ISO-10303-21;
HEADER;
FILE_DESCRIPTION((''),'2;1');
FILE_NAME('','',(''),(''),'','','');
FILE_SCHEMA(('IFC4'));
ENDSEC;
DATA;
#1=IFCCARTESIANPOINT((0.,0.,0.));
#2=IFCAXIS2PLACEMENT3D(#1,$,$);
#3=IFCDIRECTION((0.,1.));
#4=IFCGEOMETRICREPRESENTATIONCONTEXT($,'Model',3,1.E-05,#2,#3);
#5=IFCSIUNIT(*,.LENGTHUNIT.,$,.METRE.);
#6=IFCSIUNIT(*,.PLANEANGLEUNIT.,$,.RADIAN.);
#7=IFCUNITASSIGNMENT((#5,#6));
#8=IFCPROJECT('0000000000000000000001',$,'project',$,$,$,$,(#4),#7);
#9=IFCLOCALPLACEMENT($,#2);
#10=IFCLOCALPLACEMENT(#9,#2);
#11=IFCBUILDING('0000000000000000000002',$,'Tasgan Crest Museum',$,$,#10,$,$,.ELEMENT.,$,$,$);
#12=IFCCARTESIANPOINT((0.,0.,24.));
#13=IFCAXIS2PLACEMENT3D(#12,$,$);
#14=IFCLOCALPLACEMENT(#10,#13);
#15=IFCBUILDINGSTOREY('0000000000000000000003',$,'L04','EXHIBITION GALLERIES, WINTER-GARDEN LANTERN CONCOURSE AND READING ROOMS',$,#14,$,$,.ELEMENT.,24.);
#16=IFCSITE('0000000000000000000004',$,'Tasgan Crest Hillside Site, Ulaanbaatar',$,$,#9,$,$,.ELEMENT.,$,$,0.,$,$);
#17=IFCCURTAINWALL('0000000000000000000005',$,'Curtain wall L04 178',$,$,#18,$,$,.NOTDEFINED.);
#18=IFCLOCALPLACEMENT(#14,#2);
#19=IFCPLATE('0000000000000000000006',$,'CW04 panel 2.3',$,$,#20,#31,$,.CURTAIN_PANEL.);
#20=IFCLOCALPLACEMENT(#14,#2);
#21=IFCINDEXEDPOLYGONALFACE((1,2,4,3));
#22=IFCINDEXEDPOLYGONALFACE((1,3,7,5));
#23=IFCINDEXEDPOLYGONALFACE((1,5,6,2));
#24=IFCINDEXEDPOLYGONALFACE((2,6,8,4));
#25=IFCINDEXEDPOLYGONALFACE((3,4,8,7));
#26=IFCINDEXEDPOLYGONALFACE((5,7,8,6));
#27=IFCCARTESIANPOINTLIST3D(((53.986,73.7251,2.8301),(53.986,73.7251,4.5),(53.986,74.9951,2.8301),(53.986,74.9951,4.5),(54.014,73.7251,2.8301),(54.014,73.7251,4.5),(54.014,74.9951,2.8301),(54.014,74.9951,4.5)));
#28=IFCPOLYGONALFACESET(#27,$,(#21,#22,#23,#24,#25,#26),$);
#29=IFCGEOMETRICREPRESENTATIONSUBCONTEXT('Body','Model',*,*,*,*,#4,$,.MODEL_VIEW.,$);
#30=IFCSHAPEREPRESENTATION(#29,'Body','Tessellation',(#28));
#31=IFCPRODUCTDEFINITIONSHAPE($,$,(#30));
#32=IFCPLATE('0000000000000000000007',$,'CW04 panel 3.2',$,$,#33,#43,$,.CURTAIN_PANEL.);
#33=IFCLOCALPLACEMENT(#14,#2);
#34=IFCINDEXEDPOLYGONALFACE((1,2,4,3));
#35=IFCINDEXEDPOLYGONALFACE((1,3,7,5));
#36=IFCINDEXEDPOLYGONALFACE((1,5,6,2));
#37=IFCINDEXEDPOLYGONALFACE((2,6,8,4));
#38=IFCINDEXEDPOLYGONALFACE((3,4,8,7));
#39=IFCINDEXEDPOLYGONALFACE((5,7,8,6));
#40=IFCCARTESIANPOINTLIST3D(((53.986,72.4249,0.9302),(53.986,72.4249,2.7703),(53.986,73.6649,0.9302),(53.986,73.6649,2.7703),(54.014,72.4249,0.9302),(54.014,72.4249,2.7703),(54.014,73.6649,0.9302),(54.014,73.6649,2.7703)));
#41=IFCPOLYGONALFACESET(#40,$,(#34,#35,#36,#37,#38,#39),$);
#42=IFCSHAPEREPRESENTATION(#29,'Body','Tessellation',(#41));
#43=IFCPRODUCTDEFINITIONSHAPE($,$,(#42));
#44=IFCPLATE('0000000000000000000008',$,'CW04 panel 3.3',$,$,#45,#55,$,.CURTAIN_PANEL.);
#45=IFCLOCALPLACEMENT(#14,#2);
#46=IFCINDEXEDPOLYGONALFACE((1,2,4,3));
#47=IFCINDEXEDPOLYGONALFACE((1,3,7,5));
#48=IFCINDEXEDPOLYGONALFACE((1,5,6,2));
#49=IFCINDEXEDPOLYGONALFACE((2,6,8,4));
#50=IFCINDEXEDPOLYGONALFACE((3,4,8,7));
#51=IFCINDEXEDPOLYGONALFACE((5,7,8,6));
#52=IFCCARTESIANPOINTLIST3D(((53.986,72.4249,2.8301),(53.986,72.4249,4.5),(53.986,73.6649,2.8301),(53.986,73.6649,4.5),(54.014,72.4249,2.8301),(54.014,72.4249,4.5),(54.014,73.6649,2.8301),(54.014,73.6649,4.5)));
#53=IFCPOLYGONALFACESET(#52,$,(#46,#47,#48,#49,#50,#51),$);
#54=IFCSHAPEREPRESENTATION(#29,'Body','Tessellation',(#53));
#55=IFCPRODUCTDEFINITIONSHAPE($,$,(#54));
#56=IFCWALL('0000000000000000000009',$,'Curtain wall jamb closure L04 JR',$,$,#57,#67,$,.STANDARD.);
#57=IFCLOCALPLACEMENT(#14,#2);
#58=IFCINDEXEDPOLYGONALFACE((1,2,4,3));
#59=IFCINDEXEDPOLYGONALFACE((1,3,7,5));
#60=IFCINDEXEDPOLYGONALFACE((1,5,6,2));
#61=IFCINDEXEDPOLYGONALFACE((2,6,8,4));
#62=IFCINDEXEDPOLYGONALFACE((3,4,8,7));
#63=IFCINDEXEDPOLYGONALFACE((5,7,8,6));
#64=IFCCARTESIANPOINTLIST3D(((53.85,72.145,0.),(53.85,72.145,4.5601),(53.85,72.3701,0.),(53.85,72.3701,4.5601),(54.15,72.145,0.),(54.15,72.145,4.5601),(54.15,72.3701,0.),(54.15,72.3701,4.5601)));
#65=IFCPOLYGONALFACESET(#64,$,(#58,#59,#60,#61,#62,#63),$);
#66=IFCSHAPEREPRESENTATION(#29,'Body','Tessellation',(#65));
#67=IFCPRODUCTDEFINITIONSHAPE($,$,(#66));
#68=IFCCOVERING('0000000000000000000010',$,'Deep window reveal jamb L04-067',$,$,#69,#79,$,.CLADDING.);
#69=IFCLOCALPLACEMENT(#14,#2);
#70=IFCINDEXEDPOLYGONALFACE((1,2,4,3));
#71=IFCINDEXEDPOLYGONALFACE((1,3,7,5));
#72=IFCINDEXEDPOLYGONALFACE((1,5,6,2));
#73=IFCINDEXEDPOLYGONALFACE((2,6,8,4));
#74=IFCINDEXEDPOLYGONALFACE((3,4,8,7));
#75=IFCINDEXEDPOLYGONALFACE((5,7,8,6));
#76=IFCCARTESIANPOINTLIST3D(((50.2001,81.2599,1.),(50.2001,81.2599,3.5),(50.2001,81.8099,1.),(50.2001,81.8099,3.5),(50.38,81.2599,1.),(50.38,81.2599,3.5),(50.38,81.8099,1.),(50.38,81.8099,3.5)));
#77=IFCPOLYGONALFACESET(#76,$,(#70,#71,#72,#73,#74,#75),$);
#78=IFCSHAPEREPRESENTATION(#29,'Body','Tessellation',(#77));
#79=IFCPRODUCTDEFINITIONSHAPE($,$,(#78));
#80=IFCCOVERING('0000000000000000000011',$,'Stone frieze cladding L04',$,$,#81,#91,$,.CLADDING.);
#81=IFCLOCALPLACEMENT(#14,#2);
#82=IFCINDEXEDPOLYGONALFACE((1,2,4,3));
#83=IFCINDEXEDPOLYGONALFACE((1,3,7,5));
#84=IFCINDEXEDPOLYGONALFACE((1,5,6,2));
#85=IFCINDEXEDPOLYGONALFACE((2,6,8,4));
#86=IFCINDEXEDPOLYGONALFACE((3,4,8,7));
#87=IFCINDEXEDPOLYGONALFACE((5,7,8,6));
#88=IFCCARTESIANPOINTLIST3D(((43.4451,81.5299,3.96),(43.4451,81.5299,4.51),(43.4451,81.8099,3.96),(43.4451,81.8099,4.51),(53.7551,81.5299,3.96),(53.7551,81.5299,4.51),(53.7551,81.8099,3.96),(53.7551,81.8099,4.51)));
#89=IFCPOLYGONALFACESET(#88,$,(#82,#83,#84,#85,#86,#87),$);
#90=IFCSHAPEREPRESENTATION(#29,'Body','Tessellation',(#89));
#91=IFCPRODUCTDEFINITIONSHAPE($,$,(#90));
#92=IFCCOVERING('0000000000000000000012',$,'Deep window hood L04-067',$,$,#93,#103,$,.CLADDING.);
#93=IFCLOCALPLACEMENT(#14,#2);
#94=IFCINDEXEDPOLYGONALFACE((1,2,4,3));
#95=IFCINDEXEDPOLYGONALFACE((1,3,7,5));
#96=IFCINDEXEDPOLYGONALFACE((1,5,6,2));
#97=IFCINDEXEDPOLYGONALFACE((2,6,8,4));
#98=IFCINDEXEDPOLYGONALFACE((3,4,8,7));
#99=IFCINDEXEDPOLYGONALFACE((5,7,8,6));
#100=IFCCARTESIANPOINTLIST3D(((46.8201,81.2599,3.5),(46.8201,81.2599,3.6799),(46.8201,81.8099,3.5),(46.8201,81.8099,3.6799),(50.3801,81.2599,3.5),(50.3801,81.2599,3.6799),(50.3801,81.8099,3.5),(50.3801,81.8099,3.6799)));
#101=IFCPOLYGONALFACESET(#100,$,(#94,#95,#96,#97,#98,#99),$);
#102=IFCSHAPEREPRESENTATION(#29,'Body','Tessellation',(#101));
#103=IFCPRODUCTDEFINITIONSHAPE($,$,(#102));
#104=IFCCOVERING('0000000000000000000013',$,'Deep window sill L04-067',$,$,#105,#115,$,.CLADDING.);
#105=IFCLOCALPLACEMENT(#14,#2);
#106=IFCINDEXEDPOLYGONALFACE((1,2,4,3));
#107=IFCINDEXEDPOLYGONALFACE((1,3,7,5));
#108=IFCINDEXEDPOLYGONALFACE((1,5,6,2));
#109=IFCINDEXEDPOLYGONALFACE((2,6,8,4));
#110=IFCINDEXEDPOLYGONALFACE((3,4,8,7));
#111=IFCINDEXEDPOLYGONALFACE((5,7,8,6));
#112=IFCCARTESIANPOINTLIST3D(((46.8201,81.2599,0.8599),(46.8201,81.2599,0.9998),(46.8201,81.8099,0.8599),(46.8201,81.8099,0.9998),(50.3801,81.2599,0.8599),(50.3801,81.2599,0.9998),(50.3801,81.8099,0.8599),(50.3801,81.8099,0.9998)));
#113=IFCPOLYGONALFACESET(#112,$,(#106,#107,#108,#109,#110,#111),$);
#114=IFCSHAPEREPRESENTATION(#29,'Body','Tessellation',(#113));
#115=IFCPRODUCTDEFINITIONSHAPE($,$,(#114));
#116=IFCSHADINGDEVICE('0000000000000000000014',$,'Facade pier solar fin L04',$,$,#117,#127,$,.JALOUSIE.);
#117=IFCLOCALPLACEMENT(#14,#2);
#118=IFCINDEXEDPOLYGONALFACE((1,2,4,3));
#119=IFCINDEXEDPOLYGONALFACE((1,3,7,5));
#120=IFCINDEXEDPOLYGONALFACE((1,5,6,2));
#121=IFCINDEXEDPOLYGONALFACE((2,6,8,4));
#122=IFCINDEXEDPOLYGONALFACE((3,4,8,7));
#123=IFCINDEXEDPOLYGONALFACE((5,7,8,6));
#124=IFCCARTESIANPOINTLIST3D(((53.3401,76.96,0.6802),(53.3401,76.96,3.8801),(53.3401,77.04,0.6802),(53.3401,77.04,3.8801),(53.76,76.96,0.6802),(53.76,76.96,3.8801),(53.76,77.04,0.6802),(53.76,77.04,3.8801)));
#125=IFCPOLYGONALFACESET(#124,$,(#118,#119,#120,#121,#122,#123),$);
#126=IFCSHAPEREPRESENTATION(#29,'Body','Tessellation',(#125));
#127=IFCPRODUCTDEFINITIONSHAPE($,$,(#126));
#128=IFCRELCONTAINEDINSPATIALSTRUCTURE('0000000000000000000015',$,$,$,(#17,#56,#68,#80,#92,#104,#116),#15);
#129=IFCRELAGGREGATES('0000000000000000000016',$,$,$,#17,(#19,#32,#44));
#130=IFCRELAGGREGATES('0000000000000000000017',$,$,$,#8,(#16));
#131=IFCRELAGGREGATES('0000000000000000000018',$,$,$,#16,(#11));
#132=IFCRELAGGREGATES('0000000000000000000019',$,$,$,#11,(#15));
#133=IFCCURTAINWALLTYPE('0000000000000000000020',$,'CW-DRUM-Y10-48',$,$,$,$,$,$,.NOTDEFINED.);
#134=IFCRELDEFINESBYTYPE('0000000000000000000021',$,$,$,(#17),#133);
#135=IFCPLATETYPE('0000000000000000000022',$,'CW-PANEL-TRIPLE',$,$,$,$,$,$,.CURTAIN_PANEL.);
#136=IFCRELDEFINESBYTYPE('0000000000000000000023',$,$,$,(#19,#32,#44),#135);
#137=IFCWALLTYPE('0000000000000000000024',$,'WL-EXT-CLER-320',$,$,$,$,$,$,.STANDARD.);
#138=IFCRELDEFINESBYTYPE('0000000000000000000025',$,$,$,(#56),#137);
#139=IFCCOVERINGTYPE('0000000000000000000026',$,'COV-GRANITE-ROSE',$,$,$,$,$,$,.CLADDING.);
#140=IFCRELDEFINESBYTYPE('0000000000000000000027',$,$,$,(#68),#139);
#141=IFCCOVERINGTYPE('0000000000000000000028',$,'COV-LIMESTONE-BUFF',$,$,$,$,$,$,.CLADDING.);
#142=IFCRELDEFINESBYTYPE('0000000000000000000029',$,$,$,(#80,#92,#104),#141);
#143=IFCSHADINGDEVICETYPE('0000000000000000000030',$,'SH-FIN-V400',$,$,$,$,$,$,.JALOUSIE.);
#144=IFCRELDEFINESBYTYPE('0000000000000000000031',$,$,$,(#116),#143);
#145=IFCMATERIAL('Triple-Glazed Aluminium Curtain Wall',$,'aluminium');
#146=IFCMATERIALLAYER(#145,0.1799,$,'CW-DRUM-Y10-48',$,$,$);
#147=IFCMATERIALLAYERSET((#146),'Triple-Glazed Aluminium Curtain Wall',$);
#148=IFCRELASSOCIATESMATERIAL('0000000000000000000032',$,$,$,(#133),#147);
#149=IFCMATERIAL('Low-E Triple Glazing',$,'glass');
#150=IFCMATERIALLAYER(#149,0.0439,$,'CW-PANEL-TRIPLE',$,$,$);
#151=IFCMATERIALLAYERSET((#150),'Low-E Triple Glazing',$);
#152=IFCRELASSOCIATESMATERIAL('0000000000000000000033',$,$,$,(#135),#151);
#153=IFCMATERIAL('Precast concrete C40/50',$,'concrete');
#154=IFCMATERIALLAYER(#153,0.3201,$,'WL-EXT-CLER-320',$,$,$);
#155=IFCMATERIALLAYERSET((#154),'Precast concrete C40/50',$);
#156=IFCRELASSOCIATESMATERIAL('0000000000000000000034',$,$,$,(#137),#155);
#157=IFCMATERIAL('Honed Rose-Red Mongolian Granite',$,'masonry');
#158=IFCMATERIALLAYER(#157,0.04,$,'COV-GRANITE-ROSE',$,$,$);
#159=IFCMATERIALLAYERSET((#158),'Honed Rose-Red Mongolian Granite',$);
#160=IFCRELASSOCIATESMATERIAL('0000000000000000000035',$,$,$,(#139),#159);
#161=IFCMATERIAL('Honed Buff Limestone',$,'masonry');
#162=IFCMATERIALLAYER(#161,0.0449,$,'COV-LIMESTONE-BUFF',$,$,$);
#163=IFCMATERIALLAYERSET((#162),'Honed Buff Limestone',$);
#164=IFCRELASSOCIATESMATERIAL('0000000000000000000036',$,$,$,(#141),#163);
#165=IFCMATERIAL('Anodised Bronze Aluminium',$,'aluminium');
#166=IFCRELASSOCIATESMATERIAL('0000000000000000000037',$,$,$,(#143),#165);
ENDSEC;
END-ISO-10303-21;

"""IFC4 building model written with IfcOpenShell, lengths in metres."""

from ifc_helpers import new_model, si_unit, direction, frame, frame_2d, origin, origin_2d, place, context, subcontext, project, spatial, rectangle, extrude, material, layer, layer_set, type_object, element, aggregate, save


model = new_model("IFC4")

# Units and contexts
model_context = context("Model", 3, precision=1e-05, world=origin(), true_north=direction((0.0, 1.0)))
body_context = subcontext(model_context, "Body", "Model", "MODEL_VIEW")
ifc_project = project(units=[si_unit("LENGTHUNIT", "METRE"), si_unit("PLANEANGLEUNIT", "RADIAN")], contexts=[model_context])

# Site, building, storey
site_placement = place(None, origin())
site = spatial("IfcSite", under=ifc_project, at=site_placement, Name="Tasgan Crest Hillside Site, Ulaanbaatar", CompositionType="ELEMENT", RefElevation=0.0)
building_placement = place(site_placement, origin())
building = spatial("IfcBuilding", under=site, at=building_placement, Name="Tasgan Crest Museum", CompositionType="ELEMENT")
storey_placement = place(building_placement, frame((0.0, 0.0, 24.0)))
storey = spatial("IfcBuildingStorey", under=building, at=storey_placement, Name="L04", Description="EXHIBITION GALLERIES, WINTER-GARDEN LANTERN CONCOURSE AND READING ROOMS", CompositionType="ELEMENT", Elevation=24.0)

# Curtain wall, plates
ifc_material_1 = material(Name="Triple-Glazed Aluminium Curtain Wall", Category="aluminium")
ifc_layer_1 = layer(ifc_material_1, 0.1799, Name="CW-DRUM-Y10-48")
ifc_layer_set_1 = layer_set([ifc_layer_1], Name="Triple-Glazed Aluminium Curtain Wall")
curtain_wall_type = type_object("IfcCurtainWallType", Name="CW-DRUM-Y10-48", PredefinedType="NOTDEFINED", material=ifc_layer_set_1)
curtain_wall_placement = place(storey_placement, origin())
curtain_wall = element("IfcCurtainWall", 1, at=curtain_wall_placement, inside=storey, type_object=curtain_wall_type, Name="Curtain wall L04 178", PredefinedType="NOTDEFINED")
ifc_material_2 = material(Name="Low-E Triple Glazing", Category="glass")
ifc_layer_2 = layer(ifc_material_2, 0.0439, Name="CW-PANEL-TRIPLE")
ifc_layer_set_2 = layer_set([ifc_layer_2], Name="Low-E Triple Glazing")
plate_type_1 = type_object("IfcPlateType", Name="CW-PANEL-TRIPLE", PredefinedType="CURTAIN_PANEL", material=ifc_layer_set_2)
plate_1_placement = place(storey_placement, frame((54.0, 74.3601, 2.8301), z_axis=(0.0, 0.0, 1.0), x_axis=(0.0, -1.0, 0.0)))
plate_1 = element("IfcPlate", 2, at=plate_1_placement, type_object=plate_type_1, Name="CW04 panel 2.3", PredefinedType="CURTAIN_PANEL", context=body_context, shape_type="SweptSolid", body=[
    extrude(rectangle(XDim=1.27, YDim=0.0281, at=origin_2d()), origin(), (0.0, 0.0, 1.0), 1.6699),
])
plate_2_placement = place(storey_placement, frame((54.0, 73.0449, 0.9302), z_axis=(0.0, 0.0, 1.0), x_axis=(0.0, -1.0, 0.0)))
plate_2 = element("IfcPlate", 3, at=plate_2_placement, type_object=plate_type_1, Name="CW04 panel 3.2", PredefinedType="CURTAIN_PANEL", context=body_context, shape_type="SweptSolid", body=[
    extrude(rectangle(XDim=1.24, YDim=0.0281, at=origin_2d()), origin(), (0.0, 0.0, 1.0), 1.8401),
])
plate_3_placement = place(storey_placement, frame((54.0, 73.0449, 2.8301), z_axis=(0.0, 0.0, 1.0), x_axis=(0.0, -1.0, 0.0)))
plate_3 = element("IfcPlate", 4, at=plate_3_placement, type_object=plate_type_1, Name="CW04 panel 3.3", PredefinedType="CURTAIN_PANEL", context=body_context, shape_type="SweptSolid", body=[
    extrude(rectangle(XDim=1.24, YDim=0.0281, at=origin_2d()), origin(), (0.0, 0.0, 1.0), 1.6699),
])
aggregate(curtain_wall, [plate_1, plate_2, plate_3])

# Wall
ifc_material_3 = material(Name="Precast concrete C40/50", Category="concrete")
ifc_layer_3 = layer(ifc_material_3, 0.3201, Name="WL-EXT-CLER-320")
ifc_layer_set_3 = layer_set([ifc_layer_3], Name="Precast concrete C40/50")
wall_type = type_object("IfcWallType", Name="WL-EXT-CLER-320", PredefinedType="STANDARD", material=ifc_layer_set_3)
wall_placement = place(storey_placement, frame((54.0, 72.3701, 0.0), z_axis=(0.0, 0.0, 1.0), x_axis=(0.0, -1.0, 0.0)))
element("IfcWall", 5, at=wall_placement, inside=storey, type_object=wall_type, Name="Curtain wall jamb closure L04 JR", PredefinedType="STANDARD", context=body_context, shape_type="SweptSolid", body=[
    extrude(rectangle(XDim=0.2251, YDim=0.3, at=frame_2d((0.1125, 0.0))), origin(), (0.0, 0.0, 1.0), 4.5601),
])

# Coverings
ifc_material_4 = material(Name="Honed Rose-Red Mongolian Granite", Category="masonry")
ifc_layer_4 = layer(ifc_material_4, 0.04, Name="COV-GRANITE-ROSE")
ifc_layer_set_4 = layer_set([ifc_layer_4], Name="Honed Rose-Red Mongolian Granite")
covering_type_1 = type_object("IfcCoveringType", Name="COV-GRANITE-ROSE", PredefinedType="CLADDING", material=ifc_layer_set_4)
covering_1_placement = place(storey_placement, frame((50.29, 81.5349, 1.0), z_axis=(0.0, 0.0, 1.0), x_axis=(1.0, 0.0, 0.0)))
element("IfcCovering", 6, at=covering_1_placement, inside=storey, type_object=covering_type_1, Name="Deep window reveal jamb L04-067", PredefinedType="CLADDING", context=body_context, shape_type="SweptSolid", body=[
    extrude(rectangle(XDim=0.1799, YDim=0.55, at=origin_2d()), origin(), (0.0, 0.0, 1.0), 2.5),
])
ifc_material_5 = material(Name="Honed Buff Limestone", Category="masonry")
ifc_layer_5 = layer(ifc_material_5, 0.0449, Name="COV-LIMESTONE-BUFF")
ifc_layer_set_5 = layer_set([ifc_layer_5], Name="Honed Buff Limestone")
covering_type_2 = type_object("IfcCoveringType", Name="COV-LIMESTONE-BUFF", PredefinedType="CLADDING", material=ifc_layer_set_5)
covering_2_placement = place(storey_placement, frame((48.6001, 81.6699, 3.96), z_axis=(0.0, 0.0, 1.0), x_axis=(1.0, 0.0, 0.0)))
element("IfcCovering", 7, at=covering_2_placement, inside=storey, type_object=covering_type_2, Name="Stone frieze cladding L04", PredefinedType="CLADDING", context=body_context, shape_type="SweptSolid", body=[
    extrude(rectangle(XDim=10.3101, YDim=0.28, at=origin_2d()), origin(), (0.0, 0.0, 1.0), 0.55),
])
covering_3_placement = place(storey_placement, frame((48.6001, 81.5349, 3.5), z_axis=(0.0, 0.0, 1.0), x_axis=(1.0, 0.0, 0.0)))
element("IfcCovering", 8, at=covering_3_placement, inside=storey, type_object=covering_type_2, Name="Deep window hood L04-067", PredefinedType="CLADDING", context=body_context, shape_type="SweptSolid", body=[
    extrude(rectangle(XDim=3.5601, YDim=0.55, at=origin_2d()), origin(), (0.0, 0.0, 1.0), 0.1799),
])
covering_4_placement = place(storey_placement, frame((48.6001, 81.5349, 0.8599), z_axis=(0.0, 0.0, 1.0), x_axis=(1.0, 0.0, 0.0)))
element("IfcCovering", 9, at=covering_4_placement, inside=storey, type_object=covering_type_2, Name="Deep window sill L04-067", PredefinedType="CLADDING", context=body_context, shape_type="SweptSolid", body=[
    extrude(rectangle(XDim=3.5601, YDim=0.55, at=origin_2d()), origin(), (0.0, 0.0, 1.0), 0.1399),
])

# Shading device
ifc_material_6 = material(Name="Anodised Bronze Aluminium", Category="aluminium")
shading_device_type = type_object("IfcShadingDeviceType", Name="SH-FIN-V400", PredefinedType="JALOUSIE", material=ifc_material_6)
shading_device_placement = place(storey_placement, frame((53.55, 77.0, 0.6802), z_axis=(0.0, 0.0, 1.0), x_axis=(0.0, -1.0, 0.0)))
element("IfcShadingDevice", 10, at=shading_device_placement, inside=storey, type_object=shading_device_type, Name="Facade pier solar fin L04", PredefinedType="JALOUSIE", context=body_context, shape_type="SweptSolid", body=[
    extrude(rectangle(XDim=0.0801, YDim=0.4199, at=origin_2d()), origin(), (0.0, 0.0, 1.0), 3.2),
])

save(model, "model.ifc")
